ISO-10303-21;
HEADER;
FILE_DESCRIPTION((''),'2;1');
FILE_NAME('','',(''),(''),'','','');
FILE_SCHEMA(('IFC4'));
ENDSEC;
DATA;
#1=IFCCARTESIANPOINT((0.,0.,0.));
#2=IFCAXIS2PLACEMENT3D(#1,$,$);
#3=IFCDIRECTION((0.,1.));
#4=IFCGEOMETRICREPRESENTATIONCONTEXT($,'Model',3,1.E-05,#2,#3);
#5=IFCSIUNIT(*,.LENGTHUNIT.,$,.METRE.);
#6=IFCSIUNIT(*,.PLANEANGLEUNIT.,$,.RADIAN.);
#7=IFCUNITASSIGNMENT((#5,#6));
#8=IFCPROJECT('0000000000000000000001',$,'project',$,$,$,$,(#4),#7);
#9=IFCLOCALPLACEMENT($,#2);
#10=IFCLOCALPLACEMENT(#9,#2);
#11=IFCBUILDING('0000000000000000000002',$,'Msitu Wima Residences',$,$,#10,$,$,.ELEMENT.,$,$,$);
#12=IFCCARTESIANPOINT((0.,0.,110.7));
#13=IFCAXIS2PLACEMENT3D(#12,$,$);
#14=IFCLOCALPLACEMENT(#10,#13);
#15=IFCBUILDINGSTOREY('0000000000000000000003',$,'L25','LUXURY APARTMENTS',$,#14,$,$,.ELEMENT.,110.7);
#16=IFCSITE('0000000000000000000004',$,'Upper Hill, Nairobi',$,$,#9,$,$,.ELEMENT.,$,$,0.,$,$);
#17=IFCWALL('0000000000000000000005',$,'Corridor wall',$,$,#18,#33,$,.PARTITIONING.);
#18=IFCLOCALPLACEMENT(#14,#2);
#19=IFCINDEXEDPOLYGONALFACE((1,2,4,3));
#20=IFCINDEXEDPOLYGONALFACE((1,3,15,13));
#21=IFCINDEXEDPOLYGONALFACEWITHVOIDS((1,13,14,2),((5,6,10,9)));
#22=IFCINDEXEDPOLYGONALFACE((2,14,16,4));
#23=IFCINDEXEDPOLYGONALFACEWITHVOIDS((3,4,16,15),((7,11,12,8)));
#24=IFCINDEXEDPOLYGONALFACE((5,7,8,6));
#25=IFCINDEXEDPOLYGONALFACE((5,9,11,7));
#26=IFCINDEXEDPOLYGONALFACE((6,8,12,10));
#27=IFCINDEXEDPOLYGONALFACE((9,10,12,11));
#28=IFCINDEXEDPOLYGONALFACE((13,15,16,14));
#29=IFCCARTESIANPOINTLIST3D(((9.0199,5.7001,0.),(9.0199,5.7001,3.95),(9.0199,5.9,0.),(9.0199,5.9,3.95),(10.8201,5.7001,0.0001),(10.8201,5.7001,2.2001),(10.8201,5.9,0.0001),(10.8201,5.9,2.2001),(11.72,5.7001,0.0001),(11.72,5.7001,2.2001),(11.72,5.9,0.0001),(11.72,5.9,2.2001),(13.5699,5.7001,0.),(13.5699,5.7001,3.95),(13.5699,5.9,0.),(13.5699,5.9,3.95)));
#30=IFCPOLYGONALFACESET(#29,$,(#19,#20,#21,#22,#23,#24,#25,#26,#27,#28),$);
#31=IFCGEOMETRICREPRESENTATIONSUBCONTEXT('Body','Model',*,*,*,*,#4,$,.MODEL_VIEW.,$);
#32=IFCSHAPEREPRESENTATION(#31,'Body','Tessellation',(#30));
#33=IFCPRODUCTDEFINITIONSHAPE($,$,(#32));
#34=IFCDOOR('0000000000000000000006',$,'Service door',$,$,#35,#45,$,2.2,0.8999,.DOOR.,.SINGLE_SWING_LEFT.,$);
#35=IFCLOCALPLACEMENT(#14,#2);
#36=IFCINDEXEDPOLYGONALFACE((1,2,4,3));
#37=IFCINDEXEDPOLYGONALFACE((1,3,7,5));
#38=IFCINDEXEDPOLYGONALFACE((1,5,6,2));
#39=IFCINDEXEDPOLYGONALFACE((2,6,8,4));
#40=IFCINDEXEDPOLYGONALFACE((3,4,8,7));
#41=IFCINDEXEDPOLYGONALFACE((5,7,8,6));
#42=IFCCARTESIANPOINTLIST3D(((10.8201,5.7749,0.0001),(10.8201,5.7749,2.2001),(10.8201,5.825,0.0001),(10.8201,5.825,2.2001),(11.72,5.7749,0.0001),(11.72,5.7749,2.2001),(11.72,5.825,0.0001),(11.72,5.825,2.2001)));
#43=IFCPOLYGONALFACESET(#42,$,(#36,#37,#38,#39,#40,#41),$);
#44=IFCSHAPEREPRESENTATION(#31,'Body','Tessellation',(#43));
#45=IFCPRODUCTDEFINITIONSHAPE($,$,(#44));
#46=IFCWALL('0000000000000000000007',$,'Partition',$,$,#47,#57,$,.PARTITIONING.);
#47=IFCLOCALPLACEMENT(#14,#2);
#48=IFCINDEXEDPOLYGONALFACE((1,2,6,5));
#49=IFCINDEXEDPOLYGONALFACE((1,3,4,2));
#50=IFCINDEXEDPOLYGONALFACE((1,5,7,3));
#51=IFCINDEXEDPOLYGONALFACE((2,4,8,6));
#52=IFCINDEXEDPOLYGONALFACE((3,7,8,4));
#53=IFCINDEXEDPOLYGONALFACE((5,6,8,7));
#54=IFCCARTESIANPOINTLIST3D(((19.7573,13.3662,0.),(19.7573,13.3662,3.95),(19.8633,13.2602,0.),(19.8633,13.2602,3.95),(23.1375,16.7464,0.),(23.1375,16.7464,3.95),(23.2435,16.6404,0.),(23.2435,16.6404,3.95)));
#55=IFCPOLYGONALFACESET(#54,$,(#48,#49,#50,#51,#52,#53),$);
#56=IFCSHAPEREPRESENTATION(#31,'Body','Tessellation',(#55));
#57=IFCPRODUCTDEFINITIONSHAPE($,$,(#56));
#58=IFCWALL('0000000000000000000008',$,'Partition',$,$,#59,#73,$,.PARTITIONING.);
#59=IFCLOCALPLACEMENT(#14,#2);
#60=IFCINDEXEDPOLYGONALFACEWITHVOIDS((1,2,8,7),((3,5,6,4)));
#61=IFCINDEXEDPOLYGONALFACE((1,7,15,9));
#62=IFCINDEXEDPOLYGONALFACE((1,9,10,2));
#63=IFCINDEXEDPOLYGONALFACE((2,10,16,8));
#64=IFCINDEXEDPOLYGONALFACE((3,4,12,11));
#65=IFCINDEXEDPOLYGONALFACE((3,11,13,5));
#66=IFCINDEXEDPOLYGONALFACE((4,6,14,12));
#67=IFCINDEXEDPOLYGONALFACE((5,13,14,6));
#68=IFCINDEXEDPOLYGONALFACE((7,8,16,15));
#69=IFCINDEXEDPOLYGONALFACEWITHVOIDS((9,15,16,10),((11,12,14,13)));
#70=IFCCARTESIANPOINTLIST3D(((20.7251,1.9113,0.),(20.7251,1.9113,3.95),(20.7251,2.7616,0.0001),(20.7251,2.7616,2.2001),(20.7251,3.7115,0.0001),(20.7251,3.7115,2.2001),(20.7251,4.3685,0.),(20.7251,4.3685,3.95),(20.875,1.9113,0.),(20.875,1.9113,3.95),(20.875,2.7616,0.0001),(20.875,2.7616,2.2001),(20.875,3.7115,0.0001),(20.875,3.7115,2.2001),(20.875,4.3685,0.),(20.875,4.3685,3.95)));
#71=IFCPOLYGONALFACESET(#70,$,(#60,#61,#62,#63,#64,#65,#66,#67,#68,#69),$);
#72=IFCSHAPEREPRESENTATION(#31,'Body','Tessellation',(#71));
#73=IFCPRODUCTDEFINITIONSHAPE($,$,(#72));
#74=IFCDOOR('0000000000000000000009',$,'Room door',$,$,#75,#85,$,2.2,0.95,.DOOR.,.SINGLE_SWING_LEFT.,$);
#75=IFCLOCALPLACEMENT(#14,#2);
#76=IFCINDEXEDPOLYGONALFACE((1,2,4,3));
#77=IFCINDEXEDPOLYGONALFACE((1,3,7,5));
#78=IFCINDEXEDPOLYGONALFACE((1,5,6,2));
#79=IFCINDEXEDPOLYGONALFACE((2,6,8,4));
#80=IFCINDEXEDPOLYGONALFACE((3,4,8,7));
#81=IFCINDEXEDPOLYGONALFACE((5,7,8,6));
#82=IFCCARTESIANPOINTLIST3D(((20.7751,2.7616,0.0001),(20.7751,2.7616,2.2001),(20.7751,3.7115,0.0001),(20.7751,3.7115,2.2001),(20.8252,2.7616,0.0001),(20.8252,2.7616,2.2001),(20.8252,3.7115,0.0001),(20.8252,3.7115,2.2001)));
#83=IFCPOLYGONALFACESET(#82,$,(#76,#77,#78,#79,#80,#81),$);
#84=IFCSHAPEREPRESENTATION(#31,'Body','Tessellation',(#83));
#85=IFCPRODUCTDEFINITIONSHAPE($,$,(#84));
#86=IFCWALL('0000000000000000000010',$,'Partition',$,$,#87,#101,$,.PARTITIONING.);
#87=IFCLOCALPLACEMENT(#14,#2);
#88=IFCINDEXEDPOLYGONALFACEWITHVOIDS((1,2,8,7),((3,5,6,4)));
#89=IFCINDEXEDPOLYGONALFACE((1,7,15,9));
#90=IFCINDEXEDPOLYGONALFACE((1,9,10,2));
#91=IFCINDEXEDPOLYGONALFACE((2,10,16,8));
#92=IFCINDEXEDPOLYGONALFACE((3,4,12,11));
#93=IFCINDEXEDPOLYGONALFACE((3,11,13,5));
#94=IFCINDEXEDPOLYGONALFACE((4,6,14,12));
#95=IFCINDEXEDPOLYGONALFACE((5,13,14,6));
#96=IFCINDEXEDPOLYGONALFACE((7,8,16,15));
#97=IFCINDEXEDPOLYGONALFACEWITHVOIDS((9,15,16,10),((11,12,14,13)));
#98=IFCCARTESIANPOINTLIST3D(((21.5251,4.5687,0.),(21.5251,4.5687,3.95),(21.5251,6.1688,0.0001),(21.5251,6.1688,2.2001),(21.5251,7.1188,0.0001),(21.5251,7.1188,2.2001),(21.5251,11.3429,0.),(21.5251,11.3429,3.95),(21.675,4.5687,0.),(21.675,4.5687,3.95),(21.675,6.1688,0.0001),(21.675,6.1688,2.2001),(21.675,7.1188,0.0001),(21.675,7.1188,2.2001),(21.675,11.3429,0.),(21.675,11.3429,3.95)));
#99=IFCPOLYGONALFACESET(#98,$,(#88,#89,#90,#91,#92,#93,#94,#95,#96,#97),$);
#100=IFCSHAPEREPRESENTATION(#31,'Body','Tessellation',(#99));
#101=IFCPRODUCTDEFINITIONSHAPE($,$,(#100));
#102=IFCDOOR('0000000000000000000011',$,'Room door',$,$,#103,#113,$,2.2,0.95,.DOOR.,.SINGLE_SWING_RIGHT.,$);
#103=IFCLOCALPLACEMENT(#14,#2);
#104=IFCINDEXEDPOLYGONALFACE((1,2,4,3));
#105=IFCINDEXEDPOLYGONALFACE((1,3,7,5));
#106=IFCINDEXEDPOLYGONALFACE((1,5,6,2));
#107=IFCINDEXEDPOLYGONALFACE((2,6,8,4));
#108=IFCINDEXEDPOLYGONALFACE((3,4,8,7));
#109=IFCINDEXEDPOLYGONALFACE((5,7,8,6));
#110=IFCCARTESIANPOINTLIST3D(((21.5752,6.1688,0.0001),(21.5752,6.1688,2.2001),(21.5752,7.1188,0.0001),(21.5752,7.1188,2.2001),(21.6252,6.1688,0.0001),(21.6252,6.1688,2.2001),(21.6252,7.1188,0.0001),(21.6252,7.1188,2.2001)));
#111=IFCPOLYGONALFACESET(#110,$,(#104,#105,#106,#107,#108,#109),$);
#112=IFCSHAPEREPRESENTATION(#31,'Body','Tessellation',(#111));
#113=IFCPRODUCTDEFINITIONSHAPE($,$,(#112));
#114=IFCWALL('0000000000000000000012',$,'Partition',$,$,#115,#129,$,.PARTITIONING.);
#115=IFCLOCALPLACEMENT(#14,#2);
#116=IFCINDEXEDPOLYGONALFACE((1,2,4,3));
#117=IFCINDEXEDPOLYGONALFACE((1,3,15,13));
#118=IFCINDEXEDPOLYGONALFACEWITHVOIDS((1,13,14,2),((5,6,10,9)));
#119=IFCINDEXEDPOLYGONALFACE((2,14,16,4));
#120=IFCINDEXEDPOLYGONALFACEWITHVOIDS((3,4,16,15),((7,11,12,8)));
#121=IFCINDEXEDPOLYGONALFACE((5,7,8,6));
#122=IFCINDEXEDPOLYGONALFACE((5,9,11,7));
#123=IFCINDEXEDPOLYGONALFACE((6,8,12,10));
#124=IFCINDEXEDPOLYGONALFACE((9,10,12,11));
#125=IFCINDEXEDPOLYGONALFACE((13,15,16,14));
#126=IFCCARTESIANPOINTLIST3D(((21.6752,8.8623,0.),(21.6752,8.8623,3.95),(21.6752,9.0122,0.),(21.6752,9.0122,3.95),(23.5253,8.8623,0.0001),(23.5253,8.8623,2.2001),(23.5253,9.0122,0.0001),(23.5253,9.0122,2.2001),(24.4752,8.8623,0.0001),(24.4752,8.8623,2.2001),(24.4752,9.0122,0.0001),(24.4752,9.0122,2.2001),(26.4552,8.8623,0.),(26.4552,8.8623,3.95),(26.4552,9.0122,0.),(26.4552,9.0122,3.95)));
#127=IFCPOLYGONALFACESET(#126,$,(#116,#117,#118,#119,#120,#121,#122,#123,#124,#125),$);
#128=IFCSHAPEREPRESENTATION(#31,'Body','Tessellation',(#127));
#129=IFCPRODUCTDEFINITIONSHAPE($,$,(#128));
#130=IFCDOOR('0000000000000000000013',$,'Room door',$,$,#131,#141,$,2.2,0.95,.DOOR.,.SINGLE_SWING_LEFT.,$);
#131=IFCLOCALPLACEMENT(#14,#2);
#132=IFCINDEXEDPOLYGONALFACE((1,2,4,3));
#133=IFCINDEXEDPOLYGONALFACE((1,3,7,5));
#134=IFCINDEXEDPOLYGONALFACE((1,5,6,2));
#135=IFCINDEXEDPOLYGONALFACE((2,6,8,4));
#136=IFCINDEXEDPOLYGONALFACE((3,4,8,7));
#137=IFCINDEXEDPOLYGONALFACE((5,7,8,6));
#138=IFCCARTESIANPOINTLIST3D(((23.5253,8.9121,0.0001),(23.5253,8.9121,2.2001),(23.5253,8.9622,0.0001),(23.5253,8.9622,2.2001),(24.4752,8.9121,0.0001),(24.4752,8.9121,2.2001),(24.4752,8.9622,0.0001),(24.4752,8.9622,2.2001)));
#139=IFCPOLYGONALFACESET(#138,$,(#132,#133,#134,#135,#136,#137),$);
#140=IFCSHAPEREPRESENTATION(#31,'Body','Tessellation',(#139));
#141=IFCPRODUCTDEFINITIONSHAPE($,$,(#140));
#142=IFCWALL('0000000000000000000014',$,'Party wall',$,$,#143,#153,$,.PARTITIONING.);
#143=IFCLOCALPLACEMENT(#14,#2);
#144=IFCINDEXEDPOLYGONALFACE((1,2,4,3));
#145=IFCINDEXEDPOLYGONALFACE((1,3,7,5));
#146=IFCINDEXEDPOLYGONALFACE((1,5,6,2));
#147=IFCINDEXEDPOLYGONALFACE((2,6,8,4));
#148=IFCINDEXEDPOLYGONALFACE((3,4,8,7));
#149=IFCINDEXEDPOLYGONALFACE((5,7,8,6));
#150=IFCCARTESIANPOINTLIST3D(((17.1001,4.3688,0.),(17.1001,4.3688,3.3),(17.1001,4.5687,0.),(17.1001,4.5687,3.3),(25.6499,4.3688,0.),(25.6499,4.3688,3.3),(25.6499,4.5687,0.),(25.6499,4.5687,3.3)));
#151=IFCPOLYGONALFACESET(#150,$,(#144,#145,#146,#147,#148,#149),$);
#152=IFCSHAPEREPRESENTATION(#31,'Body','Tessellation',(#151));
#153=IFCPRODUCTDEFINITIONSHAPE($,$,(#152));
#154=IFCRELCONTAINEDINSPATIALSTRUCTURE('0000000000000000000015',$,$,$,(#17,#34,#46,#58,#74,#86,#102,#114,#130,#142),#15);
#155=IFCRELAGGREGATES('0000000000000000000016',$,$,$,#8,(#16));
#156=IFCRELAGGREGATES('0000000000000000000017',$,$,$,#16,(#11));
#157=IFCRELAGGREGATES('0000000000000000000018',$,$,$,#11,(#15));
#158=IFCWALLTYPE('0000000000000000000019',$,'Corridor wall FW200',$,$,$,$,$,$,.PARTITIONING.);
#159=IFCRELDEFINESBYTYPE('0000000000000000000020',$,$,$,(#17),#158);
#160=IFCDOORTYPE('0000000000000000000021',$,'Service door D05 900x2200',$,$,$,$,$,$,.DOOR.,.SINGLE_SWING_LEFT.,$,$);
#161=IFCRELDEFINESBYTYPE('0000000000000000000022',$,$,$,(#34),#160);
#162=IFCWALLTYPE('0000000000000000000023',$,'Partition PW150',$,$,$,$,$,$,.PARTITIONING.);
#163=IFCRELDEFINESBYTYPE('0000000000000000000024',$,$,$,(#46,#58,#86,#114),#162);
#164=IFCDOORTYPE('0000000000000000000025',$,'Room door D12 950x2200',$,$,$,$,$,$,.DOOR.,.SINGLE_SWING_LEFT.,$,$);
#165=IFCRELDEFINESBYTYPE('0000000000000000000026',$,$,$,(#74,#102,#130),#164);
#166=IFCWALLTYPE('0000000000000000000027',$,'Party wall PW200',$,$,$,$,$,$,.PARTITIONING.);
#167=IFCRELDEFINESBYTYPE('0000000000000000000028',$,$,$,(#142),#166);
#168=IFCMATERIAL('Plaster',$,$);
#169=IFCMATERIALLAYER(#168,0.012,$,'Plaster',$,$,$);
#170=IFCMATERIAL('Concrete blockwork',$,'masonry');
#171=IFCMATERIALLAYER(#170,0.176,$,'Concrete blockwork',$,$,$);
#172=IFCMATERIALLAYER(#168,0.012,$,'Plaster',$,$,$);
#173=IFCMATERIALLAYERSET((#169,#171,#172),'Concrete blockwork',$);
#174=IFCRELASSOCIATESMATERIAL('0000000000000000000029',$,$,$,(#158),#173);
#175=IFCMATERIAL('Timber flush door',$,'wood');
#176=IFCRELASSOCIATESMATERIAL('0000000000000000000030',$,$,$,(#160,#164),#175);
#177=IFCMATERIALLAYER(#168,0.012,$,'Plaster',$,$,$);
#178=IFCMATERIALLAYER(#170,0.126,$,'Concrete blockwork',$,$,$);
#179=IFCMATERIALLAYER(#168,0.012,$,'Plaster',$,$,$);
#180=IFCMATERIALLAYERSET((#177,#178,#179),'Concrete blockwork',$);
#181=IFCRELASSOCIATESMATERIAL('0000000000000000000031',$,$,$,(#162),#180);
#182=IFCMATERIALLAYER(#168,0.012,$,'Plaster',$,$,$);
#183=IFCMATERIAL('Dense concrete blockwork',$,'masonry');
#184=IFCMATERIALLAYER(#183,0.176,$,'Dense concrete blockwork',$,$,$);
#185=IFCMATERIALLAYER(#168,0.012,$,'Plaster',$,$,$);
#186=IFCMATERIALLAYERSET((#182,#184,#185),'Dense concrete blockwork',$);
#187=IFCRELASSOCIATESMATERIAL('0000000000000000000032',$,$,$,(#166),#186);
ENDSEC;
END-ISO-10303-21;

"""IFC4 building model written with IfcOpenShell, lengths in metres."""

from ifc_helpers import new_model, si_unit, direction, frame, frame_2d, origin, place, context, subcontext, project, spatial, rectangle, extrude, material, layer, layer_set, type_object, element, fill, save


model = new_model("IFC4")

# Units and contexts
model_context = context("Model", 3, precision=1e-05, world=origin(), true_north=direction((0.0, 1.0)))
body_context = subcontext(model_context, "Body", "Model", "MODEL_VIEW")
ifc_project = project(units=[si_unit("LENGTHUNIT", "METRE"), si_unit("PLANEANGLEUNIT", "RADIAN")], contexts=[model_context])

# Site, building, storey
site_placement = place(None, origin())
site = spatial("IfcSite", under=ifc_project, at=site_placement, Name="Upper Hill, Nairobi", CompositionType="ELEMENT", RefElevation=0.0)
building_placement = place(site_placement, origin())
building = spatial("IfcBuilding", under=site, at=building_placement, Name="Msitu Wima Residences", CompositionType="ELEMENT")
storey_placement = place(building_placement, frame((0.0, 0.0, 110.7)))
storey = spatial("IfcBuildingStorey", under=building, at=storey_placement, Name="L25", Description="LUXURY APARTMENTS", CompositionType="ELEMENT", Elevation=110.7)

# Wall, opening, door
ifc_material_1 = material(Name="Plaster")
ifc_layer_1 = layer(ifc_material_1, 0.012, Name="Plaster")
ifc_material_2 = material(Name="Concrete blockwork", Category="masonry")
ifc_layer_2 = layer(ifc_material_2, 0.176, Name="Concrete blockwork")
ifc_layer_3 = layer(ifc_material_1, 0.012, Name="Plaster")
ifc_layer_set_1 = layer_set([ifc_layer_1, ifc_layer_2, ifc_layer_3], Name="Concrete blockwork")
wall_type_1 = type_object("IfcWallType", Name="Corridor wall FW200", PredefinedType="PARTITIONING", material=ifc_layer_set_1)
wall_1_placement = place(storey_placement, frame((9.02, 5.8, 0.0), z_axis=(0.0, 0.0, 1.0), x_axis=(1.0, 0.0, 0.0)))
wall_1 = element("IfcWall", 1, at=wall_1_placement, inside=storey, type_object=wall_type_1, Name="Corridor wall", PredefinedType="PARTITIONING", context=body_context, shape_type="SweptSolid", body=[
    extrude(rectangle(XDim=4.55, YDim=0.2, at=frame_2d((2.2749, 0.0))), origin(), (0.0, 0.0, 1.0), 3.95),
])
opening_1_placement = place(wall_1_placement, frame((1.8, 0.0, 0.0)))
opening_1 = element("IfcOpeningElement", 2, at=opening_1_placement, cuts=wall_1, PredefinedType="OPENING", context=body_context, shape_type="SweptSolid", body=[
    extrude(rectangle(XDim=0.8999, YDim=2.2, at=frame_2d((0.45, 1.1001))), frame((0.0, 0.1099, 0.0), z_axis=(0.0, -1.0, 0.0), x_axis=(1.0, 0.0, 0.0)), (0.0, 0.0, 1.0), 0.22),
])
ifc_material_3 = material(Name="Timber flush door", Category="wood")
door_type_1 = type_object("IfcDoorType", Name="Service door D05 900x2200", OperationType="SINGLE_SWING_LEFT", PredefinedType="DOOR", material=ifc_material_3)
door_1_placement = place(opening_1_placement, origin())
door_1 = element("IfcDoor", 3, at=door_1_placement, inside=storey, type_object=door_type_1, Name="Service door", OperationType="SINGLE_SWING_LEFT", OverallHeight=2.2, OverallWidth=0.8999, PredefinedType="DOOR", context=body_context, shape_type="SweptSolid", body=[
    extrude(rectangle(XDim=0.8999, YDim=2.2, at=frame_2d((0.45, 1.1001))), frame((0.0, 0.0249, 0.0), z_axis=(0.0, -1.0, 0.0), x_axis=(1.0, 0.0, 0.0)), (0.0, 0.0, 1.0), 0.05),
])
fill(opening_1, door_1)

# Wall
ifc_layer_4 = layer(ifc_material_1, 0.012, Name="Plaster")
ifc_layer_5 = layer(ifc_material_2, 0.126, Name="Concrete blockwork")
ifc_layer_6 = layer(ifc_material_1, 0.012, Name="Plaster")
ifc_layer_set_2 = layer_set([ifc_layer_4, ifc_layer_5, ifc_layer_6], Name="Concrete blockwork")
wall_type_2 = type_object("IfcWallType", Name="Partition PW150", PredefinedType="PARTITIONING", material=ifc_layer_set_2)
wall_2_placement = place(storey_placement, frame((19.8103, 13.3132, 0.0), z_axis=(0.0, 0.0, 1.0), x_axis=(0.707107, 0.707107, 0.0)))
element("IfcWall", 4, at=wall_2_placement, inside=storey, type_object=wall_type_2, Name="Partition", PredefinedType="PARTITIONING", context=body_context, shape_type="SweptSolid", body=[
    extrude(rectangle(XDim=4.7803, YDim=0.1499, at=frame_2d((2.3901, 0.0))), origin(), (0.0, 0.0, 1.0), 3.95),
])

# Walls, openings, doors
wall_3_placement = place(storey_placement, frame((20.8, 1.9114, 0.0), z_axis=(0.0, 0.0, 1.0), x_axis=(0.0, 1.0, 0.0)))
wall_3 = element("IfcWall", 5, at=wall_3_placement, inside=storey, type_object=wall_type_2, Name="Partition", PredefinedType="PARTITIONING", context=body_context, shape_type="SweptSolid", body=[
    extrude(rectangle(XDim=2.4573, YDim=0.1499, at=frame_2d((1.2285, 0.0))), origin(), (0.0, 0.0, 1.0), 3.95),
])
opening_2_placement = place(wall_3_placement, frame((0.8501, 0.0, 0.0)))
opening_2 = element("IfcOpeningElement", 6, at=opening_2_placement, cuts=wall_3, PredefinedType="OPENING", context=body_context, shape_type="SweptSolid", body=[
    extrude(rectangle(XDim=0.95, YDim=2.2, at=frame_2d((0.4751, 1.1001))), frame((0.0, 0.085, 0.0), z_axis=(0.0, -1.0, 0.0), x_axis=(1.0, 0.0, 0.0)), (0.0, 0.0, 1.0), 0.1699),
])
door_type_2 = type_object("IfcDoorType", Name="Room door D12 950x2200", OperationType="SINGLE_SWING_LEFT", PredefinedType="DOOR", material=ifc_material_3)
door_2_placement = place(opening_2_placement, origin())
door_2 = element("IfcDoor", 7, at=door_2_placement, inside=storey, type_object=door_type_2, Name="Room door", OperationType="SINGLE_SWING_LEFT", OverallHeight=2.2, OverallWidth=0.95, PredefinedType="DOOR", context=body_context, shape_type="SweptSolid", body=[
    extrude(rectangle(XDim=0.95, YDim=2.2, at=frame_2d((0.4751, 1.1001))), frame((0.0, 0.0249, 0.0), z_axis=(0.0, -1.0, 0.0), x_axis=(1.0, 0.0, 0.0)), (0.0, 0.0, 1.0), 0.05),
])
fill(opening_2, door_2)
wall_4_placement = place(storey_placement, frame((21.6001, 4.5686, 0.0), z_axis=(0.0, 0.0, 1.0), x_axis=(0.0, 1.0, 0.0)))
wall_4 = element("IfcWall", 8, at=wall_4_placement, inside=storey, type_object=wall_type_2, Name="Partition", PredefinedType="PARTITIONING", context=body_context, shape_type="SweptSolid", body=[
    extrude(rectangle(XDim=6.7742, YDim=0.1499, at=frame_2d((3.3872, 0.0))), origin(), (0.0, 0.0, 1.0), 3.95),
])
opening_3_placement = place(wall_4_placement, frame((1.6001, 0.0, 0.0)))
opening_3 = element("IfcOpeningElement", 9, at=opening_3_placement, cuts=wall_4, PredefinedType="OPENING", context=body_context, shape_type="SweptSolid", body=[
    extrude(rectangle(XDim=0.95, YDim=2.2, at=frame_2d((0.4751, 1.1001))), frame((0.0, 0.085, 0.0), z_axis=(0.0, -1.0, 0.0), x_axis=(1.0, 0.0, 0.0)), (0.0, 0.0, 1.0), 0.1699),
])
door_3_placement = place(opening_3_placement, origin())
door_3 = element("IfcDoor", 10, at=door_3_placement, inside=storey, type_object=door_type_2, Name="Room door", OperationType="SINGLE_SWING_RIGHT", OverallHeight=2.2, OverallWidth=0.95, PredefinedType="DOOR", context=body_context, shape_type="SweptSolid", body=[
    extrude(rectangle(XDim=0.95, YDim=2.2, at=frame_2d((0.4751, 1.1001))), frame((0.0, 0.0249, 0.0), z_axis=(0.0, -1.0, 0.0), x_axis=(1.0, 0.0, 0.0)), (0.0, 0.0, 1.0), 0.05),
])
fill(opening_3, door_3)
wall_5_placement = place(storey_placement, frame((21.675, 8.9373, 0.0), z_axis=(0.0, 0.0, 1.0), x_axis=(1.0, 0.0, 0.0)))
wall_5 = element("IfcWall", 11, at=wall_5_placement, inside=storey, type_object=wall_type_2, Name="Partition", PredefinedType="PARTITIONING", context=body_context, shape_type="SweptSolid", body=[
    extrude(rectangle(XDim=4.78, YDim=0.1499, at=frame_2d((2.3901, 0.0))), origin(), (0.0, 0.0, 1.0), 3.95),
])
opening_4_placement = place(wall_5_placement, frame((1.8501, 0.0, 0.0)))
opening_4 = element("IfcOpeningElement", 12, at=opening_4_placement, cuts=wall_5, PredefinedType="OPENING", context=body_context, shape_type="SweptSolid", body=[
    extrude(rectangle(XDim=0.95, YDim=2.2, at=frame_2d((0.4751, 1.1001))), frame((0.0, 0.085, 0.0), z_axis=(0.0, -1.0, 0.0), x_axis=(1.0, 0.0, 0.0)), (0.0, 0.0, 1.0), 0.1699),
])
door_4_placement = place(opening_4_placement, origin())
door_4 = element("IfcDoor", 13, at=door_4_placement, inside=storey, type_object=door_type_2, Name="Room door", OperationType="SINGLE_SWING_LEFT", OverallHeight=2.2, OverallWidth=0.95, PredefinedType="DOOR", context=body_context, shape_type="SweptSolid", body=[
    extrude(rectangle(XDim=0.95, YDim=2.2, at=frame_2d((0.4751, 1.1001))), frame((0.0, 0.0249, 0.0), z_axis=(0.0, -1.0, 0.0), x_axis=(1.0, 0.0, 0.0)), (0.0, 0.0, 1.0), 0.05),
])
fill(opening_4, door_4)

# Wall
ifc_layer_7 = layer(ifc_material_1, 0.012, Name="Plaster")
ifc_material_4 = material(Name="Dense concrete blockwork", Category="masonry")
ifc_layer_8 = layer(ifc_material_4, 0.176, Name="Dense concrete blockwork")
ifc_layer_9 = layer(ifc_material_1, 0.012, Name="Plaster")
ifc_layer_set_3 = layer_set([ifc_layer_7, ifc_layer_8, ifc_layer_9], Name="Dense concrete blockwork")
wall_type_3 = type_object("IfcWallType", Name="Party wall PW200", PredefinedType="PARTITIONING", material=ifc_layer_set_3)
wall_6_placement = place(storey_placement, frame((17.1001, 4.4688, 0.0), z_axis=(0.0, 0.0, 1.0), x_axis=(1.0, 0.0, 0.0)))
element("IfcWall", 14, at=wall_6_placement, inside=storey, type_object=wall_type_3, Name="Party wall", PredefinedType="PARTITIONING", context=body_context, shape_type="SweptSolid", body=[
    extrude(rectangle(XDim=8.5498, YDim=0.2, at=frame_2d((4.2749, 0.0))), origin(), (0.0, 0.0, 1.0), 3.3),
])

save(model, "model.ifc")
